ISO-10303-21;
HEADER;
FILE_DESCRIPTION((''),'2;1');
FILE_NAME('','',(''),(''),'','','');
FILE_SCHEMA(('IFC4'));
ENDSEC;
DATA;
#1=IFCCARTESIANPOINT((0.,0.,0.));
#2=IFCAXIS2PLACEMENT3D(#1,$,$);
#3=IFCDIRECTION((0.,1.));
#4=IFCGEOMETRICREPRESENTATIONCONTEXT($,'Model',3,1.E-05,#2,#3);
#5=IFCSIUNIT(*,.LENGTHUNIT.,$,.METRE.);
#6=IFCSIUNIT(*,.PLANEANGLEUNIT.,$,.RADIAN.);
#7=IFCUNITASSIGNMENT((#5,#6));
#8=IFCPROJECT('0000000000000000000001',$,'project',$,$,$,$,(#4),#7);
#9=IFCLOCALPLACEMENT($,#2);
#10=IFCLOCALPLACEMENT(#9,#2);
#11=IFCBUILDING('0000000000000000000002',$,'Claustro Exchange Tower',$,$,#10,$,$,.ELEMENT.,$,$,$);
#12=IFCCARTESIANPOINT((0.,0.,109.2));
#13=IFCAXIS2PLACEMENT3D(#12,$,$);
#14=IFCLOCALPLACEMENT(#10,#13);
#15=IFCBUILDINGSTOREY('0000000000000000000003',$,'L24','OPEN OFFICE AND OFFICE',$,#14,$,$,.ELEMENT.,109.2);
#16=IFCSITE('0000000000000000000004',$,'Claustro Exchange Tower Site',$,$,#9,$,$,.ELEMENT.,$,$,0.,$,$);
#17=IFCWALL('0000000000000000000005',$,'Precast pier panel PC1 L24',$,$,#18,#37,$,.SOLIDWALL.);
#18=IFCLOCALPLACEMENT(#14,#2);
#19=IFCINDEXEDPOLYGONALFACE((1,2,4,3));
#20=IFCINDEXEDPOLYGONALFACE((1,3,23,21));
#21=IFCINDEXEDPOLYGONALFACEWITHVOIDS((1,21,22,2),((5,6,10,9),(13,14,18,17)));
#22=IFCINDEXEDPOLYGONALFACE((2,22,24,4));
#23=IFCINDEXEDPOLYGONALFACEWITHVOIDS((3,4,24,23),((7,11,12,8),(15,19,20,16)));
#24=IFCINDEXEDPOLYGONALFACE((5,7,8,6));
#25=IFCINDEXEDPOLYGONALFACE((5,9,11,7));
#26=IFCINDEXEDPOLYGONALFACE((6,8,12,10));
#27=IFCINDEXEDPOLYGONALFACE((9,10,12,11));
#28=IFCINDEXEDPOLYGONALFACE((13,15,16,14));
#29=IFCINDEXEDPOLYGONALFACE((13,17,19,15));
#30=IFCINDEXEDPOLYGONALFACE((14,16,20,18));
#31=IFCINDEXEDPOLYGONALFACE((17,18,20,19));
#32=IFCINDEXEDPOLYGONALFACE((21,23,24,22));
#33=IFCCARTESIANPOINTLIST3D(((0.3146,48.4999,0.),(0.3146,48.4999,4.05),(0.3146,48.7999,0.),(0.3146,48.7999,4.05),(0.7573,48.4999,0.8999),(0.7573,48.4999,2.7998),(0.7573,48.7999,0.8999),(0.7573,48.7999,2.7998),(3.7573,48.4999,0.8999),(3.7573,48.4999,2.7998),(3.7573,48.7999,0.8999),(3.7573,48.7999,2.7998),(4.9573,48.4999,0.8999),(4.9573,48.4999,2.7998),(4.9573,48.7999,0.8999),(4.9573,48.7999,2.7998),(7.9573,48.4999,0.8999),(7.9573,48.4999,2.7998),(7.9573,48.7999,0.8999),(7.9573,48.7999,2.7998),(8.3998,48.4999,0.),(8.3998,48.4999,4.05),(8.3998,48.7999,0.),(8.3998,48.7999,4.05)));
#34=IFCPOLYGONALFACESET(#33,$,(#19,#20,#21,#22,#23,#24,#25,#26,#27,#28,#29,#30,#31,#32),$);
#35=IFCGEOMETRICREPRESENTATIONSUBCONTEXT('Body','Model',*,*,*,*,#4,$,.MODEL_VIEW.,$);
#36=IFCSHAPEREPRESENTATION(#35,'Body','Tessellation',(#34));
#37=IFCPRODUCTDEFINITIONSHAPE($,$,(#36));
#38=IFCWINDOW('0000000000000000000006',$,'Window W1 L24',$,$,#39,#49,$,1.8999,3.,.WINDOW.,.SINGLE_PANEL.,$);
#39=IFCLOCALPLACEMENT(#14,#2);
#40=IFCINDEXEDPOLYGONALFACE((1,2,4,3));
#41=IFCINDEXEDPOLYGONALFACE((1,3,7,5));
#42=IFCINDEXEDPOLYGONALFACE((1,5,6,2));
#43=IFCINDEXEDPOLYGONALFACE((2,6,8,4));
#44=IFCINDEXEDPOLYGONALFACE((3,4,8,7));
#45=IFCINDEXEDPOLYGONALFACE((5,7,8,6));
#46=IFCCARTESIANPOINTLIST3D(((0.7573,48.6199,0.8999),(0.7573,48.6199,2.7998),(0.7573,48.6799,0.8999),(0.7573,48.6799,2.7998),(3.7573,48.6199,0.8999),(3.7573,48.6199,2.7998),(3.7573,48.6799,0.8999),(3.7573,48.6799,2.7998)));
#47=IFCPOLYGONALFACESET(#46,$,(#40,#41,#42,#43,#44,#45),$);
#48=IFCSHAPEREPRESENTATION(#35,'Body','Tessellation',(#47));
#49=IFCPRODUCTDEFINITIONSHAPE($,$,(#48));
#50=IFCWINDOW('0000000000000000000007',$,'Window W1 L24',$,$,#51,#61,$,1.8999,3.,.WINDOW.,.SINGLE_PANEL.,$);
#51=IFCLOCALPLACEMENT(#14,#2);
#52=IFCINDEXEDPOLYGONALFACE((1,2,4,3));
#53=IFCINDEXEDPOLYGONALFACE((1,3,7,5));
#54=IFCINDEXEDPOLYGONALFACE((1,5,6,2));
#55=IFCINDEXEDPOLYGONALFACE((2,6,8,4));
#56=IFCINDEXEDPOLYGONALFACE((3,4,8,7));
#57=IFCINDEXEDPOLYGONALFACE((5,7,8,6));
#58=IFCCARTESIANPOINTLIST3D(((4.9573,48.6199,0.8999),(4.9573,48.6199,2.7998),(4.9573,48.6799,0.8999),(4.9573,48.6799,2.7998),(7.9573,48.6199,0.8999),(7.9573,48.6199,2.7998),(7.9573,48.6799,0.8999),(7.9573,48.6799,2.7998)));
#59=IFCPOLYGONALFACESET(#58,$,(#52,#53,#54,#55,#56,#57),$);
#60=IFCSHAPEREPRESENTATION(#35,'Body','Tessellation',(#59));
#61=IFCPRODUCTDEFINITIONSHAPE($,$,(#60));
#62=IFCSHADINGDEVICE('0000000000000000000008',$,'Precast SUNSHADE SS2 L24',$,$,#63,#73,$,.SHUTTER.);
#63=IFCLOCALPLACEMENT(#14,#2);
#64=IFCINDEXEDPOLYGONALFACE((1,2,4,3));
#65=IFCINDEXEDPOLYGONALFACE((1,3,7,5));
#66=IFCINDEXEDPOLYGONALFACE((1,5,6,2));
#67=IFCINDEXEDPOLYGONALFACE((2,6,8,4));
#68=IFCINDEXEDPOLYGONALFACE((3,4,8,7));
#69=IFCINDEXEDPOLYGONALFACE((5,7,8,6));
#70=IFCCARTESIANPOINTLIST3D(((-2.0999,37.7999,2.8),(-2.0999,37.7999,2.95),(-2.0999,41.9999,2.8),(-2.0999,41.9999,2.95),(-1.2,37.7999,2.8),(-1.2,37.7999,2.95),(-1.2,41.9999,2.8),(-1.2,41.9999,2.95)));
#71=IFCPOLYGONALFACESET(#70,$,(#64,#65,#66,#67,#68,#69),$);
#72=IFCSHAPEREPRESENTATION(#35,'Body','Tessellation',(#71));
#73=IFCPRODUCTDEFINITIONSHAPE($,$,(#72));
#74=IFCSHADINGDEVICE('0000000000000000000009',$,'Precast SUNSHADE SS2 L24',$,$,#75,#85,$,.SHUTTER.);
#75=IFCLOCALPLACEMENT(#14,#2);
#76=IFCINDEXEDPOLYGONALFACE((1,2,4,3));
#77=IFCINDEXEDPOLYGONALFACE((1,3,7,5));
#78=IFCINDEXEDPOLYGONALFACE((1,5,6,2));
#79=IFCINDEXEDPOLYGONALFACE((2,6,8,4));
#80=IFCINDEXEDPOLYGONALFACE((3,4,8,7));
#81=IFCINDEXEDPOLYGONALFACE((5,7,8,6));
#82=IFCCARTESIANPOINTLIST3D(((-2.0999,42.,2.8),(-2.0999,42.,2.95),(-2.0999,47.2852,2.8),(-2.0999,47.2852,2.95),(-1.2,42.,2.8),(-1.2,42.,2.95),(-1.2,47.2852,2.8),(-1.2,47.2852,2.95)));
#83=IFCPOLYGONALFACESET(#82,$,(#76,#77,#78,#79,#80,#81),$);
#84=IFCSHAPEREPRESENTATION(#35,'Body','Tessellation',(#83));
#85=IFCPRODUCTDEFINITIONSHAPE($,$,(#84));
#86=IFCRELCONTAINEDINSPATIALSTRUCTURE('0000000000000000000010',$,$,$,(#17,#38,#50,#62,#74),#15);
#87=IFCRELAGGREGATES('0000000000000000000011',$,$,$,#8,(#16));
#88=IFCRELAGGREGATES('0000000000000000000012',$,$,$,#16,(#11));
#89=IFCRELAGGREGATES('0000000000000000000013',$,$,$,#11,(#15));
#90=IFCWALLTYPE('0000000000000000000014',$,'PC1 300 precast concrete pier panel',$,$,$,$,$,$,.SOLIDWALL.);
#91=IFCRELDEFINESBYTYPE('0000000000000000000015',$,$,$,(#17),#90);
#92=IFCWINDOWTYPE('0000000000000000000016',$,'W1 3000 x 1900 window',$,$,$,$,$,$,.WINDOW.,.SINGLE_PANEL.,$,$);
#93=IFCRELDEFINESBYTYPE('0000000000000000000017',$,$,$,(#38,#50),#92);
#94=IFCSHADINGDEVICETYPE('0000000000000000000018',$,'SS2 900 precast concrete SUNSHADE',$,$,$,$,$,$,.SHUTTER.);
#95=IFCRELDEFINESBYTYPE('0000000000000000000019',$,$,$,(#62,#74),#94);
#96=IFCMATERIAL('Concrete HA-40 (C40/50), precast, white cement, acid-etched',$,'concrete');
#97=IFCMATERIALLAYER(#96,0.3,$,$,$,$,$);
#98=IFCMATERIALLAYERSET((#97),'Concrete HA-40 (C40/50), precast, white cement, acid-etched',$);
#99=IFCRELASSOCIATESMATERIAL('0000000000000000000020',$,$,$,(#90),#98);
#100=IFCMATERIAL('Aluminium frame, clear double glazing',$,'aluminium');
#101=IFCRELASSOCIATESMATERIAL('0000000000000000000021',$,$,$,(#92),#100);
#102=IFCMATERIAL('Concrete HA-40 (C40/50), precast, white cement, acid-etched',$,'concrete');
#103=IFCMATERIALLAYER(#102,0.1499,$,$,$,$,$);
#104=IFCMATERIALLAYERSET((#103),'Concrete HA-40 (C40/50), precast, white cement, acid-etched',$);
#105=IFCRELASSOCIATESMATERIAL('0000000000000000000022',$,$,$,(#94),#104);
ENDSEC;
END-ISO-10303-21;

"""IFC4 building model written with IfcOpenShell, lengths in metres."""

from ifc_helpers import new_model, si_unit, direction, frame, frame_2d, origin, origin_2d, place, context, subcontext, project, spatial, rectangle, extrude, material, layer, layer_set, type_object, element, fill, save


model = new_model("IFC4")

# Units and contexts
model_context = context("Model", 3, precision=1e-05, world=origin(), true_north=direction((0.0, 1.0)))
body_context = subcontext(model_context, "Body", "Model", "MODEL_VIEW")
ifc_project = project(units=[si_unit("LENGTHUNIT", "METRE"), si_unit("PLANEANGLEUNIT", "RADIAN")], contexts=[model_context])

# Site, building, storey
site_placement = place(None, origin())
site = spatial("IfcSite", under=ifc_project, at=site_placement, Name="Claustro Exchange Tower Site", CompositionType="ELEMENT", RefElevation=0.0)
building_placement = place(site_placement, origin())
building = spatial("IfcBuilding", under=site, at=building_placement, Name="Claustro Exchange Tower", CompositionType="ELEMENT")
storey_placement = place(building_placement, frame((0.0, 0.0, 109.2)))
storey = spatial("IfcBuildingStorey", under=building, at=storey_placement, Name="L24", Description="OPEN OFFICE AND OFFICE", CompositionType="ELEMENT", Elevation=109.2)

# Shared definitions
ifc_material_1 = material(Name="Concrete HA-40 (C40/50), precast, white cement, acid-etched", Category="concrete")
ifc_layer_1 = layer(ifc_material_1, 0.3)
ifc_layer_set_1 = layer_set([ifc_layer_1], Name="Concrete HA-40 (C40/50), precast, white cement, acid-etched")
wall_type_1 = type_object("IfcWallType", Name="PC1 300 precast concrete pier panel", PredefinedType="SOLIDWALL", material=ifc_layer_set_1)

# Wall, openings, windows
wall_1_placement = place(storey_placement, frame((0.3147, 48.6499, 0.0), z_axis=(0.0, 0.0, 1.0), x_axis=(1.0, 0.0, 0.0)))
wall_1 = element("IfcWall", 1, at=wall_1_placement, inside=storey, type_object=wall_type_1, Name="Precast pier panel PC1 L24", PredefinedType="SOLIDWALL", context=body_context, shape_type="SweptSolid", body=[
    extrude(rectangle(XDim=8.0852, YDim=0.3, at=frame_2d((4.0425, 0.0))), origin(), (0.0, 0.0, 1.0), 4.05),
])
opening_1_placement = place(wall_1_placement, frame((0.4426, 0.0, 0.8999)))
opening_1 = element("IfcOpeningElement", 2, at=opening_1_placement, cuts=wall_1, PredefinedType="OPENING", context=body_context, shape_type="SweptSolid", body=[
    extrude(rectangle(XDim=3.0, YDim=1.8999, at=frame_2d((1.5, 0.95))), frame((0.0, 0.1599, 0.0), z_axis=(0.0, -1.0, 0.0), x_axis=(1.0, 0.0, 0.0)), (0.0, 0.0, 1.0), 0.3201),
])
opening_2_placement = place(wall_1_placement, frame((4.6426, 0.0, 0.8999)))
opening_2 = element("IfcOpeningElement", 3, at=opening_2_placement, cuts=wall_1, PredefinedType="OPENING", context=body_context, shape_type="SweptSolid", body=[
    extrude(rectangle(XDim=3.0, YDim=1.8999, at=frame_2d((1.5, 0.95))), frame((0.0, 0.1599, 0.0), z_axis=(0.0, -1.0, 0.0), x_axis=(1.0, 0.0, 0.0)), (0.0, 0.0, 1.0), 0.3201),
])
ifc_material_2 = material(Name="Aluminium frame, clear double glazing", Category="aluminium")
window_type_1 = type_object("IfcWindowType", Name="W1 3000 x 1900 window", PartitioningType="SINGLE_PANEL", PredefinedType="WINDOW", material=ifc_material_2)
window_1_placement = place(opening_1_placement, origin())
window_1 = element("IfcWindow", 4, at=window_1_placement, inside=storey, type_object=window_type_1, Name="Window W1 L24", OverallHeight=1.8999, OverallWidth=3.0, PartitioningType="SINGLE_PANEL", PredefinedType="WINDOW", context=body_context, shape_type="SweptSolid", body=[
    extrude(rectangle(XDim=3.0, YDim=1.8999, at=frame_2d((1.5, 0.95))), frame((0.0, 0.03, 0.0), z_axis=(0.0, -1.0, 0.0), x_axis=(1.0, 0.0, 0.0)), (0.0, 0.0, 1.0), 0.0601),
])
fill(opening_1, window_1)
window_2_placement = place(opening_2_placement, origin())
window_2 = element("IfcWindow", 5, at=window_2_placement, inside=storey, type_object=window_type_1, Name="Window W1 L24", OverallHeight=1.8999, OverallWidth=3.0, PartitioningType="SINGLE_PANEL", PredefinedType="WINDOW", context=body_context, shape_type="SweptSolid", body=[
    extrude(rectangle(XDim=3.0, YDim=1.8999, at=frame_2d((1.5, 0.95))), frame((0.0, 0.03, 0.0), z_axis=(0.0, -1.0, 0.0), x_axis=(1.0, 0.0, 0.0)), (0.0, 0.0, 1.0), 0.0601),
])
fill(opening_2, window_2)

# Shading devices
ifc_material_3 = material(Name="Concrete HA-40 (C40/50), precast, white cement, acid-etched", Category="concrete")
ifc_layer_2 = layer(ifc_material_3, 0.1499)
ifc_layer_set_2 = layer_set([ifc_layer_2], Name="Concrete HA-40 (C40/50), precast, white cement, acid-etched")
shading_device_type = type_object("IfcShadingDeviceType", Name="SS2 900 precast concrete SUNSHADE", PredefinedType="SHUTTER", material=ifc_layer_set_2)
shading_device_1_placement = place(storey_placement, frame((-1.6499, 39.8999, 2.8), z_axis=(0.0, 0.0, 1.0), x_axis=(0.0, 1.0, 0.0)))
element("IfcShadingDevice", 6, at=shading_device_1_placement, inside=storey, type_object=shading_device_type, Name="Precast SUNSHADE SS2 L24", PredefinedType="SHUTTER", context=body_context, shape_type="SweptSolid", body=[
    extrude(rectangle(XDim=4.2, YDim=0.8999, at=origin_2d()), origin(), (0.0, 0.0, 1.0), 0.1499),
])
shading_device_2_placement = place(storey_placement, frame((-1.6499, 44.6426, 2.8), z_axis=(0.0, 0.0, 1.0), x_axis=(0.0, 1.0, 0.0)))
element("IfcShadingDevice", 7, at=shading_device_2_placement, inside=storey, type_object=shading_device_type, Name="Precast SUNSHADE SS2 L24", PredefinedType="SHUTTER", context=body_context, shape_type="SweptSolid", body=[
    extrude(rectangle(XDim=5.2852, YDim=0.8999, at=origin_2d()), origin(), (0.0, 0.0, 1.0), 0.1499),
])

save(model, "model.ifc")
